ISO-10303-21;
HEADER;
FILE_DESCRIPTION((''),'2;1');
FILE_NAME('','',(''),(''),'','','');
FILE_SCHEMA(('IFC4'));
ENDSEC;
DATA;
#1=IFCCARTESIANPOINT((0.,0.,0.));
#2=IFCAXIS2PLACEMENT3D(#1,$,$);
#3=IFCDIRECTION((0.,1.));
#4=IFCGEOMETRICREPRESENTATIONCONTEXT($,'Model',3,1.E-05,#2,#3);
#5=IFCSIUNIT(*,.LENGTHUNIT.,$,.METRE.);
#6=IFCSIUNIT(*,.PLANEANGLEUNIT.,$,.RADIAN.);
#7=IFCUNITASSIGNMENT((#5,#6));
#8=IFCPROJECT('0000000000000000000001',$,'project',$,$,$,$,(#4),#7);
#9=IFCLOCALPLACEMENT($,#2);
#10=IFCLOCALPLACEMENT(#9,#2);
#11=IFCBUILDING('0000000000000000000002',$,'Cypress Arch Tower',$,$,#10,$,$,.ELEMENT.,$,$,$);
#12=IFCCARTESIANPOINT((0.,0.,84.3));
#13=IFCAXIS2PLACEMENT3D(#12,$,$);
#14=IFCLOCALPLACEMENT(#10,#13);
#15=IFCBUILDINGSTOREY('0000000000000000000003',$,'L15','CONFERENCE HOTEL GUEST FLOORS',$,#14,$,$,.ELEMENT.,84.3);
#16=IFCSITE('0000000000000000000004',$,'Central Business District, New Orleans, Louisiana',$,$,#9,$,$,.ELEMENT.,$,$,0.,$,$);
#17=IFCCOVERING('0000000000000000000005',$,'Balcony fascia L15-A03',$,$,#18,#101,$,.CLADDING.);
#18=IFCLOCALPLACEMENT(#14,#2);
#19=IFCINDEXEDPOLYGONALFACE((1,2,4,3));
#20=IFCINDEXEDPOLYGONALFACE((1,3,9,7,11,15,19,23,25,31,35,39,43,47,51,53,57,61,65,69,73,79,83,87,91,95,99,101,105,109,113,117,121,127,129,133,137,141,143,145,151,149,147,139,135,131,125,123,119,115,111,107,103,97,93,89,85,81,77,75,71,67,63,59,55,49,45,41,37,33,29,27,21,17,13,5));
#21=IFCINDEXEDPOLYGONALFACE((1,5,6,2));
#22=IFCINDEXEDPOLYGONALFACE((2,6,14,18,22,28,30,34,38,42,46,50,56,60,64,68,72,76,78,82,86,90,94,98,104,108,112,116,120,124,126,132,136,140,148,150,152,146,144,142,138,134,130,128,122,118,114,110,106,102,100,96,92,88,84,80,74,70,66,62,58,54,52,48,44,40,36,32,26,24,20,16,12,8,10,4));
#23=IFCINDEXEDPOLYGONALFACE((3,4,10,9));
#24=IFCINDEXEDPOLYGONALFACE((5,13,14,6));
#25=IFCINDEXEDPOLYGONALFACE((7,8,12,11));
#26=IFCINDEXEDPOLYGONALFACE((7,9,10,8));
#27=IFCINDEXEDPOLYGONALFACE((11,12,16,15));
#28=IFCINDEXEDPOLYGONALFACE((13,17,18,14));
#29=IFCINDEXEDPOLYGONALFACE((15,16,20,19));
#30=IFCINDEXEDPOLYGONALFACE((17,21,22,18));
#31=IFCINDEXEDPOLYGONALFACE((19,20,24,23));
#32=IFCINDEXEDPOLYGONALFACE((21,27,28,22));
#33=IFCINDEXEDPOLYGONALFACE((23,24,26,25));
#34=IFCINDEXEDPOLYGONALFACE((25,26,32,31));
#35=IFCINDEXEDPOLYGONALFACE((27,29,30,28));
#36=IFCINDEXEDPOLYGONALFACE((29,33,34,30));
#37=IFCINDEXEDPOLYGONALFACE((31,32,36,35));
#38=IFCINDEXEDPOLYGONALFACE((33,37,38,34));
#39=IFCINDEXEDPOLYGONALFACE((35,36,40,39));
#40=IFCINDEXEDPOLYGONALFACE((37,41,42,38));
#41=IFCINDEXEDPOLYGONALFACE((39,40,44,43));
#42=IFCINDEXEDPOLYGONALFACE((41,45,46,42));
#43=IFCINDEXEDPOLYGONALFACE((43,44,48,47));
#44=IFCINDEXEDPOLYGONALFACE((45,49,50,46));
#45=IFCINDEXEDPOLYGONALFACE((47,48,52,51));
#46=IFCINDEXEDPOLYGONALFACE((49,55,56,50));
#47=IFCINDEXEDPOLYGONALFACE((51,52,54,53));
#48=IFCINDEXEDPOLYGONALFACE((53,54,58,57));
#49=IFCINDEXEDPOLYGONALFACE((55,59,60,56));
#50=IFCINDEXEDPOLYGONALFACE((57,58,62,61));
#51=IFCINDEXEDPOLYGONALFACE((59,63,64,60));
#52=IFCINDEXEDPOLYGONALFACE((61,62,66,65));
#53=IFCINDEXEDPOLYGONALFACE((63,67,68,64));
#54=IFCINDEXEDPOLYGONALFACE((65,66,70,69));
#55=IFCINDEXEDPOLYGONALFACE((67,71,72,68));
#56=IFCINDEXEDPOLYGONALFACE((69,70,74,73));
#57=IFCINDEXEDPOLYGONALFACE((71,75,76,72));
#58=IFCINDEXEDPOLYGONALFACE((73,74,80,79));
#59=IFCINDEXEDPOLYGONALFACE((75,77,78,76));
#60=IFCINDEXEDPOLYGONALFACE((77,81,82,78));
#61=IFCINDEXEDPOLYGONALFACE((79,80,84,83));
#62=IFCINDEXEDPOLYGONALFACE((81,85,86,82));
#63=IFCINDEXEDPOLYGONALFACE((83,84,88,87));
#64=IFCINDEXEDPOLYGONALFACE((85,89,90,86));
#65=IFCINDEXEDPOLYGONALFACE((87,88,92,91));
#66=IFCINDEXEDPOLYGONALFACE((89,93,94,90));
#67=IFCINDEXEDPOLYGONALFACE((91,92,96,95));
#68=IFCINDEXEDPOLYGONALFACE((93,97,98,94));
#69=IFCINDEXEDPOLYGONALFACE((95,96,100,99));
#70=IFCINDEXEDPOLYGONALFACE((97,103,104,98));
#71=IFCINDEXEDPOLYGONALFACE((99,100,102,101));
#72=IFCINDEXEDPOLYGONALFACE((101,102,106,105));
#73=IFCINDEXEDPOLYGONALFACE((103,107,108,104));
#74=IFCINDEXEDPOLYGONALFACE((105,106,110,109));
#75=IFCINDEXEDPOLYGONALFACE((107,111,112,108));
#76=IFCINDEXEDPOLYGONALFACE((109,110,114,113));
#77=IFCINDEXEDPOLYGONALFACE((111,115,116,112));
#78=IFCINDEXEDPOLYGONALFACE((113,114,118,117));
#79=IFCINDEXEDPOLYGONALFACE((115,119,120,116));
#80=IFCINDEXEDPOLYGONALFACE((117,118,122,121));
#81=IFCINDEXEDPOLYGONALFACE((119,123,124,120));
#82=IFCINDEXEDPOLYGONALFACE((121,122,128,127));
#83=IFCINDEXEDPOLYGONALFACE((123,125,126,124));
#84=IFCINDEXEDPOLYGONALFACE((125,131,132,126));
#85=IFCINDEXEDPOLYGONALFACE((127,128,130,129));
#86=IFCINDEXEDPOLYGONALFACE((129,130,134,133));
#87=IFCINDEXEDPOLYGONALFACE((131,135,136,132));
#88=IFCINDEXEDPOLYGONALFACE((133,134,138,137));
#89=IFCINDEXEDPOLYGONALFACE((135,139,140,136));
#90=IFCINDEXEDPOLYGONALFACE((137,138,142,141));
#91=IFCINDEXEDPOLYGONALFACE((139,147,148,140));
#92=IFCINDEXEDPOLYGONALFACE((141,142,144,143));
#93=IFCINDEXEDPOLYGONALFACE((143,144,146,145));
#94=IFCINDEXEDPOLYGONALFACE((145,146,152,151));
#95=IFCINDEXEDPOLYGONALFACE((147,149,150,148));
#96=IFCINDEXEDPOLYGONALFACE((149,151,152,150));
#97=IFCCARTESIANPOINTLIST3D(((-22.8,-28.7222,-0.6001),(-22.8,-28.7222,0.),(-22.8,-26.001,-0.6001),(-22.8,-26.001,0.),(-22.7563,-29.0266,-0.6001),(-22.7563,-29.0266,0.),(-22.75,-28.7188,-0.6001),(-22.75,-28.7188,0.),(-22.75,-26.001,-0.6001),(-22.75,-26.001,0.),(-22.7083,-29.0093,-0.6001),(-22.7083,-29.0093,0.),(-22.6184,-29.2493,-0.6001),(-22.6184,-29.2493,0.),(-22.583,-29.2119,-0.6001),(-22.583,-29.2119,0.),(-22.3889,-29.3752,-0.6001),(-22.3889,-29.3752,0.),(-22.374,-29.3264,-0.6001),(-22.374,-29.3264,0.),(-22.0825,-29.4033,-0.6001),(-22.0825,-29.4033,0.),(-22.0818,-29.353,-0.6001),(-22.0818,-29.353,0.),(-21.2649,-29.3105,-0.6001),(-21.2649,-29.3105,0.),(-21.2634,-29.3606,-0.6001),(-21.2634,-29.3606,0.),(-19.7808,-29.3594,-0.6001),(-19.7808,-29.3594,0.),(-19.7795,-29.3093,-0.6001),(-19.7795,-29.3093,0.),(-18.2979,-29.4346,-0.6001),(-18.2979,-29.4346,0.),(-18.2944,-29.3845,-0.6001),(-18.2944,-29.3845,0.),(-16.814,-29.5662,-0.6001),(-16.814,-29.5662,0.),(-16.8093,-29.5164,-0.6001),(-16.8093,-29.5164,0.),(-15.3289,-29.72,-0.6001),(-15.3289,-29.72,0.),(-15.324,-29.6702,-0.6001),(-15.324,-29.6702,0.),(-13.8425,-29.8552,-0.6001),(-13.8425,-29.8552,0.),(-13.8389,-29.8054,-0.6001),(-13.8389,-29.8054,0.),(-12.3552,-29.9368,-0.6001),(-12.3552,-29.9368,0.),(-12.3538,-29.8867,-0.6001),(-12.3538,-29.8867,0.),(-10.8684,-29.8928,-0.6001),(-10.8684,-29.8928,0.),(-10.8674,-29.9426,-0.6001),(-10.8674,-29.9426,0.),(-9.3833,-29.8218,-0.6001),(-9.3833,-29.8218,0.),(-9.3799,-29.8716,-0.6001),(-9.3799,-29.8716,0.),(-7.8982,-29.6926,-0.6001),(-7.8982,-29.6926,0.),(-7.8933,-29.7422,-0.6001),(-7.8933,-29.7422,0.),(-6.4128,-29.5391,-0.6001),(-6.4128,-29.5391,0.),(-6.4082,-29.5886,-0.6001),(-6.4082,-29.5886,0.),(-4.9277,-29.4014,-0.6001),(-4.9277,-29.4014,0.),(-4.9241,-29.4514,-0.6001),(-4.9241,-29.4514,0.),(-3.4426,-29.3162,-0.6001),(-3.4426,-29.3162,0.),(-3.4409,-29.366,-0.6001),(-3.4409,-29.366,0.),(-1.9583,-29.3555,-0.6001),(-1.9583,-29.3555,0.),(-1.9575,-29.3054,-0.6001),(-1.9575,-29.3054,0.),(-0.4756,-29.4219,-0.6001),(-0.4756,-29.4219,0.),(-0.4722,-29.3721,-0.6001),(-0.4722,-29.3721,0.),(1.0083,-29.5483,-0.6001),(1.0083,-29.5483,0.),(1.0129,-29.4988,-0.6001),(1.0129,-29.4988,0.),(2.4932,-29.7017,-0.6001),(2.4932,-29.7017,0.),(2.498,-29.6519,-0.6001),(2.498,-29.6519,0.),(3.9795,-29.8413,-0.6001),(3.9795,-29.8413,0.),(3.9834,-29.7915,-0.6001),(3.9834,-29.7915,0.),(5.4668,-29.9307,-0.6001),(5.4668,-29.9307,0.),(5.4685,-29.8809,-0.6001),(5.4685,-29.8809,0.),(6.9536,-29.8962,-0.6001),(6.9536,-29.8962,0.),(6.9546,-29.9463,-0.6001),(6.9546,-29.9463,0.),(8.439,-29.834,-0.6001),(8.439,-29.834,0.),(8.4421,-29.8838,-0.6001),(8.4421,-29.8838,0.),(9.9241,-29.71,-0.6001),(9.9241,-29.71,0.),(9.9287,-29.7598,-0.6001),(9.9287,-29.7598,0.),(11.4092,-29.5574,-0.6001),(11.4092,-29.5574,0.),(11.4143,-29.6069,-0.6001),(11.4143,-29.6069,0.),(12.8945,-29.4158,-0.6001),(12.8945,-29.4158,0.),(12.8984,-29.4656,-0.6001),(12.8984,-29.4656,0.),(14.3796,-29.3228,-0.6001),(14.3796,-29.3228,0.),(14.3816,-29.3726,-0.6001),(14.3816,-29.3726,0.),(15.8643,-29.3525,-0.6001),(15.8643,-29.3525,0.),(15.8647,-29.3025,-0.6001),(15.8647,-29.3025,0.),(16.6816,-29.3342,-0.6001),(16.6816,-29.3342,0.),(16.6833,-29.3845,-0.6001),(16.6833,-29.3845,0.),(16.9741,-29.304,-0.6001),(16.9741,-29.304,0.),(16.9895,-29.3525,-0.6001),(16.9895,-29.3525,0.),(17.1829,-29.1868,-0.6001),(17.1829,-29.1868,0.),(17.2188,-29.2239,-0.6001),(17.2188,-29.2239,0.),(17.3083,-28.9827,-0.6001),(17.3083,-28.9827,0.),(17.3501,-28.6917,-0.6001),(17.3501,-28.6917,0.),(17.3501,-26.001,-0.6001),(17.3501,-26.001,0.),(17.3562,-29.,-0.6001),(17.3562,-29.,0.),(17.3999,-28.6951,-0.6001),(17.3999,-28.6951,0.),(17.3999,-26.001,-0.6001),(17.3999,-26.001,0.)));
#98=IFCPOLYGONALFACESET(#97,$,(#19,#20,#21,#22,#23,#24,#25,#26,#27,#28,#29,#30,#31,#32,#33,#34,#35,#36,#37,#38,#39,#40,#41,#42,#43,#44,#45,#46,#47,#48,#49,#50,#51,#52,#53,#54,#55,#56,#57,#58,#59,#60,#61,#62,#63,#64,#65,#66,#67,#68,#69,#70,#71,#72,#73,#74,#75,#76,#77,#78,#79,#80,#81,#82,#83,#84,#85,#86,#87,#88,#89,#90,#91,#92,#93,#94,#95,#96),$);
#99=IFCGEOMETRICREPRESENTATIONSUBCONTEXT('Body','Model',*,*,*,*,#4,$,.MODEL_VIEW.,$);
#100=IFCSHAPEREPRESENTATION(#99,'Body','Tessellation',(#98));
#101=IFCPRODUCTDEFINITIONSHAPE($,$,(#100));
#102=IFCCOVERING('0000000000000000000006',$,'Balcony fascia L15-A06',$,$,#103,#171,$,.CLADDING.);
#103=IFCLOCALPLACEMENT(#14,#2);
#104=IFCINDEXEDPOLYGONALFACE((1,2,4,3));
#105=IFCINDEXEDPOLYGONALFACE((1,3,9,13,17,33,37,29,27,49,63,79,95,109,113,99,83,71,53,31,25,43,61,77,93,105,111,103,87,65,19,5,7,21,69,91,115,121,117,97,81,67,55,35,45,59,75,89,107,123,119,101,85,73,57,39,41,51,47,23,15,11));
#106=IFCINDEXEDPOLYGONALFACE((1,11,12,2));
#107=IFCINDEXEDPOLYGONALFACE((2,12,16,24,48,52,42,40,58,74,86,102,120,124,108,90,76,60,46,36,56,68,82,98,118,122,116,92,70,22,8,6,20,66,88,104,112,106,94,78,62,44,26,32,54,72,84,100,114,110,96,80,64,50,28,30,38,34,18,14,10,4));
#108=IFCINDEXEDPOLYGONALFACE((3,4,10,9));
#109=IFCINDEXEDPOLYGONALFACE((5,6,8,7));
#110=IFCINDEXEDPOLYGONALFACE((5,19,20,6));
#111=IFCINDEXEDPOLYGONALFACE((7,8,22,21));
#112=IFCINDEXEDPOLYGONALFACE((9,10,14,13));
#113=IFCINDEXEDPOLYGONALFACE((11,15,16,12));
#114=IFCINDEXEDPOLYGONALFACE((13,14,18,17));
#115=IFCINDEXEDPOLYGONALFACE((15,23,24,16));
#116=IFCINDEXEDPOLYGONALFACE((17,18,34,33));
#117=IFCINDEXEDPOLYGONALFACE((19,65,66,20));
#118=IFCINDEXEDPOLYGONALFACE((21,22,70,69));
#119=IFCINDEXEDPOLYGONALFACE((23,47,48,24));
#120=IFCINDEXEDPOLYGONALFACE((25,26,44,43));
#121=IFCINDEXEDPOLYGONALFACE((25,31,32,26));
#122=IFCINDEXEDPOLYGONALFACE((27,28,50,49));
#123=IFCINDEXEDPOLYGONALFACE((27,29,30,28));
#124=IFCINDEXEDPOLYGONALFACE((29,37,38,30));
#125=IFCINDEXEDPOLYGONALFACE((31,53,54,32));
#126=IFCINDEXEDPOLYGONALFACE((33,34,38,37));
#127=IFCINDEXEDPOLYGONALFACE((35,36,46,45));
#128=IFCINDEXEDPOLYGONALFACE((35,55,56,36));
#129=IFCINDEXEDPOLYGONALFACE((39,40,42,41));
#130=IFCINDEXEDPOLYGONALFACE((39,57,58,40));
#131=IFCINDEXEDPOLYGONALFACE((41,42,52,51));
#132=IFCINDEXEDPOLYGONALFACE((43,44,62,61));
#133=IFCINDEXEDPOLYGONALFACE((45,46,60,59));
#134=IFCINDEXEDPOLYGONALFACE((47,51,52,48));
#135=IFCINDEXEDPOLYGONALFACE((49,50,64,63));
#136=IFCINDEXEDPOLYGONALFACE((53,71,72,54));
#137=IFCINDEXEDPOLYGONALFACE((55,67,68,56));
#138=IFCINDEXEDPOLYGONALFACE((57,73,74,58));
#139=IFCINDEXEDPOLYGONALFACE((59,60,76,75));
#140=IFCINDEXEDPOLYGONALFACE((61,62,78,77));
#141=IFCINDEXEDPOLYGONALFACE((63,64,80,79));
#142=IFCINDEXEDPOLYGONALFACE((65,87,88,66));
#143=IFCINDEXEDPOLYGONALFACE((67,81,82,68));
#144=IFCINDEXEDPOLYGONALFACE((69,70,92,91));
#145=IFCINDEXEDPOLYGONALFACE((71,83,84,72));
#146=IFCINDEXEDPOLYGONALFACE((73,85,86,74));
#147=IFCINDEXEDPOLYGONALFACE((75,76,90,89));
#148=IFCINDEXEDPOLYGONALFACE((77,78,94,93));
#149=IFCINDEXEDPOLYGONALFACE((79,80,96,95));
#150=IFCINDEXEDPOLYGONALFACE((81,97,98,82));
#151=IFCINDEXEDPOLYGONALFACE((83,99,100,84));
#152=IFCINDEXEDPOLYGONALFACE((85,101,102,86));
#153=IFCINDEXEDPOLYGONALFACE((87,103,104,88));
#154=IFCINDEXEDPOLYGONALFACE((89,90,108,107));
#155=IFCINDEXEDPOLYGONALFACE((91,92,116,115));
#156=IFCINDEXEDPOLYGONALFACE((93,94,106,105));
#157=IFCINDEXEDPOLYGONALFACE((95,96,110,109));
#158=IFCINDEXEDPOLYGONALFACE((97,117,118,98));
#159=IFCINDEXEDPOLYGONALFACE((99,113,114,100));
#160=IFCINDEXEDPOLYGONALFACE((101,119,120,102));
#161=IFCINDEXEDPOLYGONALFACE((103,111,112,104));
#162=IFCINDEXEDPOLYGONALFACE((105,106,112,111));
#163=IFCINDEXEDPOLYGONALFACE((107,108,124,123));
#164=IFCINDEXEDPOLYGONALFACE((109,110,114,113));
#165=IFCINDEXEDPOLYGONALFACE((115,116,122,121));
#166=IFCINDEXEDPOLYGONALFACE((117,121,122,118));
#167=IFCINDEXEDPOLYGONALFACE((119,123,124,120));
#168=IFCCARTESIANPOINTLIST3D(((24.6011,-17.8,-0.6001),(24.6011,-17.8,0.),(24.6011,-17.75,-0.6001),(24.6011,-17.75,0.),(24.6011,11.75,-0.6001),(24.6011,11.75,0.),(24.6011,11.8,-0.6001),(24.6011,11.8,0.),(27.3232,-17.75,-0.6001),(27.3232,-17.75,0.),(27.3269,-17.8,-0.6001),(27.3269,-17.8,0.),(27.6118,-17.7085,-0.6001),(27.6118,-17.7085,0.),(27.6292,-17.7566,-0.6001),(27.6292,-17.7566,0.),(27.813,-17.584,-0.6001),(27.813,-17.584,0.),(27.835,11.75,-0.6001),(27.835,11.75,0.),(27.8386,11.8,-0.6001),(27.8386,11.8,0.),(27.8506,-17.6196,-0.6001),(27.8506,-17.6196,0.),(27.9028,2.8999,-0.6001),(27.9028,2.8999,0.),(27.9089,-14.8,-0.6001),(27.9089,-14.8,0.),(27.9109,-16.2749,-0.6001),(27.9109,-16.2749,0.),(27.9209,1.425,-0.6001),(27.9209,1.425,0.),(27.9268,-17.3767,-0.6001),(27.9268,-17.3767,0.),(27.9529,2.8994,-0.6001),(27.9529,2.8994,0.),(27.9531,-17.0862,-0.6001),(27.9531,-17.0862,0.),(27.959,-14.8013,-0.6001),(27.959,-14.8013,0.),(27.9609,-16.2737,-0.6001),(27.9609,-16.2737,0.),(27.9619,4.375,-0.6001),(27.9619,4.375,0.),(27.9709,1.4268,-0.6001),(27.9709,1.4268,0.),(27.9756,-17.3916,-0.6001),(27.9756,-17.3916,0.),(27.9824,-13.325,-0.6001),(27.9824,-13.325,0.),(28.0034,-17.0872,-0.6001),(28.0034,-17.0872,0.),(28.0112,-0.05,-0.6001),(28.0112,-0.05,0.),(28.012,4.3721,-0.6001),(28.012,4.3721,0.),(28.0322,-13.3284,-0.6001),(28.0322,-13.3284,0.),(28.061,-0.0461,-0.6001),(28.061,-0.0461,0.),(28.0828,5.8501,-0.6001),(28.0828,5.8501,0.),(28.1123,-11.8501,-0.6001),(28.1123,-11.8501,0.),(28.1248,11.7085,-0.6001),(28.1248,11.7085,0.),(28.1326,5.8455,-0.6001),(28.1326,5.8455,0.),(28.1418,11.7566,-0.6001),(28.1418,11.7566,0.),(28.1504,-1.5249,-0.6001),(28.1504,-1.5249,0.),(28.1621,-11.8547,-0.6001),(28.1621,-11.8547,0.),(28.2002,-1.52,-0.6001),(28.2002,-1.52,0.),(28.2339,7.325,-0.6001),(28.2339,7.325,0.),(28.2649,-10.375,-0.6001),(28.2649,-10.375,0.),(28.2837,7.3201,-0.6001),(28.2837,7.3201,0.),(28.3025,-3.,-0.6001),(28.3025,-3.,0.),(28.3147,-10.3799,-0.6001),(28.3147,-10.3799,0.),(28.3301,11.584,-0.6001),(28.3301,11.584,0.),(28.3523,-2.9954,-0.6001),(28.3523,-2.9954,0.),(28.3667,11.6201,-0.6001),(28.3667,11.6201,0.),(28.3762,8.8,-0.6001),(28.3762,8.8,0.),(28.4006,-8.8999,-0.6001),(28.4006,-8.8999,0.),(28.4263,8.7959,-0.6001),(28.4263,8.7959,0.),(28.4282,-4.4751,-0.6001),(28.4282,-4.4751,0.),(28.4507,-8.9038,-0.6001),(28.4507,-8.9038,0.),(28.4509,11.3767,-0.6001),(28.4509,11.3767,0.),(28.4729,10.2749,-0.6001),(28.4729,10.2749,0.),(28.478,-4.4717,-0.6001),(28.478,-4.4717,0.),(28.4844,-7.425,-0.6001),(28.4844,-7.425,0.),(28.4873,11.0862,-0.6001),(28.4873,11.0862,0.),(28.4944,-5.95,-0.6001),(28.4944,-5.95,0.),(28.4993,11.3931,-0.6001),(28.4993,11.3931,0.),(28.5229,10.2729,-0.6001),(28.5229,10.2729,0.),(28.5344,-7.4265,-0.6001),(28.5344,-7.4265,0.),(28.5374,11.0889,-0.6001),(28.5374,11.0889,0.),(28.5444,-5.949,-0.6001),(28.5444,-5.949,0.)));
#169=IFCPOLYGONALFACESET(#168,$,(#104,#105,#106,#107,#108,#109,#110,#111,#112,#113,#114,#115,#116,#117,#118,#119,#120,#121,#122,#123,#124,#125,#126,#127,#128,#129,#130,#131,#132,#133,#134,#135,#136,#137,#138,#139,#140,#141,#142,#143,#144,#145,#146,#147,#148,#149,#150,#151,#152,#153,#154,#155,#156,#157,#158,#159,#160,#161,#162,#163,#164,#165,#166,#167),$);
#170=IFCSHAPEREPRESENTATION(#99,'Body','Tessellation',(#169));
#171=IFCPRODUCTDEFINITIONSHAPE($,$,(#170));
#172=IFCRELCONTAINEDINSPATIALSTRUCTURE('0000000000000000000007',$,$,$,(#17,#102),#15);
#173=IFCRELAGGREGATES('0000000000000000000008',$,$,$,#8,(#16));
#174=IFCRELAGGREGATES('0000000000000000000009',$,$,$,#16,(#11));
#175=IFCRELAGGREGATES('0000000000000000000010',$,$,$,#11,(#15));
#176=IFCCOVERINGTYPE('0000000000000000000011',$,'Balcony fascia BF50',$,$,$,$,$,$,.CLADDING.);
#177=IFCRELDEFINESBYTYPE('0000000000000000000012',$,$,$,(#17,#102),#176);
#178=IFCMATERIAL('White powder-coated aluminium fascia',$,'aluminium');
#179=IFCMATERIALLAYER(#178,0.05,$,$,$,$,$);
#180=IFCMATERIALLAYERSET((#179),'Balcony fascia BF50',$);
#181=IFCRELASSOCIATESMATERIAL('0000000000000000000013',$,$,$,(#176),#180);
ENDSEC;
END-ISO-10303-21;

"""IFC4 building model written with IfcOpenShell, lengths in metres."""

from ifc_helpers import new_model, si_unit, direction, frame, origin, place, context, subcontext, project, spatial, polyline, outline, extrude, material, layer, layer_set, type_object, element, save


model = new_model("IFC4")

# Units and contexts
model_context = context("Model", 3, precision=1e-05, world=origin(), true_north=direction((0.0, 1.0)))
body_context = subcontext(model_context, "Body", "Model", "MODEL_VIEW")
ifc_project = project(units=[si_unit("LENGTHUNIT", "METRE"), si_unit("PLANEANGLEUNIT", "RADIAN")], contexts=[model_context])

# Site, building, storey
site_placement = place(None, origin())
site = spatial("IfcSite", under=ifc_project, at=site_placement, Name="Central Business District, New Orleans, Louisiana", CompositionType="ELEMENT", RefElevation=0.0)
building_placement = place(site_placement, origin())
building = spatial("IfcBuilding", under=site, at=building_placement, Name="Cypress Arch Tower", CompositionType="ELEMENT")
storey_placement = place(building_placement, frame((0.0, 0.0, 84.3)))
storey = spatial("IfcBuildingStorey", under=building, at=storey_placement, Name="L15", Description="CONFERENCE HOTEL GUEST FLOORS", CompositionType="ELEMENT", Elevation=84.3)

# Coverings
ifc_material_1 = material(Name="White powder-coated aluminium fascia", Category="aluminium")
ifc_layer_1 = layer(ifc_material_1, 0.05)
ifc_layer_set_1 = layer_set([ifc_layer_1], Name="Balcony fascia BF50")
covering_type_1 = type_object("IfcCoveringType", Name="Balcony fascia BF50", PredefinedType="CLADDING", material=ifc_layer_set_1)
covering_1_placement = place(storey_placement, frame((0.0, 0.0, -0.6001)))
element("IfcCovering", 1, at=covering_1_placement, inside=storey, type_object=covering_type_1, Name="Balcony fascia L15-A03", PredefinedType="CLADDING", context=body_context, shape_type="SweptSolid", body=[
    extrude(outline(polyline([(17.3999, -28.6951), (17.3562, -29.0), (17.2188, -29.2239), (16.9895, -29.3525), (16.6833, -29.3845), (15.8643, -29.3525), (14.3816, -29.3726), (12.8984, -29.4656), (11.4143, -29.6069), (9.9287, -29.7598), (8.4421, -29.8838), (6.9546, -29.9463), (5.4668, -29.9307), (3.9795, -29.8413), (2.4932, -29.7017), (1.0083, -29.5483), (-0.4756, -29.4219), (-1.9583, -29.3555), (-3.4409, -29.366), (-4.9241, -29.4514), (-6.4082, -29.5886), (-7.8933, -29.7422), (-9.3799, -29.8716), (-10.8674, -29.9426), (-12.3552, -29.9368), (-13.8425, -29.8552), (-15.3289, -29.72), (-16.814, -29.5662), (-18.2979, -29.4346), (-19.7808, -29.3594), (-21.2634, -29.3606), (-22.0825, -29.4033), (-22.3889, -29.3752), (-22.6184, -29.2493), (-22.7563, -29.0266), (-22.8, -28.7222), (-22.8, -26.001), (-22.75, -26.001), (-22.75, -28.7188), (-22.7083, -29.0093), (-22.583, -29.2119), (-22.374, -29.3264), (-22.0818, -29.353), (-21.2649, -29.3105), (-19.7795, -29.3093), (-18.2944, -29.3845), (-16.8093, -29.5164), (-15.324, -29.6702), (-13.8389, -29.8054), (-12.3538, -29.8867), (-10.8684, -29.8928), (-9.3833, -29.8218), (-7.8982, -29.6926), (-6.4128, -29.5391), (-4.9277, -29.4014), (-3.4426, -29.3162), (-1.9575, -29.3054), (-0.4722, -29.3721), (1.0129, -29.4988), (2.498, -29.6519), (3.9834, -29.7915), (5.4685, -29.8809), (6.9536, -29.8962), (8.439, -29.834), (9.9241, -29.71), (11.4092, -29.5574), (12.8945, -29.4158), (14.3796, -29.3228), (15.8647, -29.3025), (16.6816, -29.3342), (16.9741, -29.304), (17.1829, -29.1868), (17.3083, -28.9827), (17.3501, -28.6917), (17.3501, -26.001), (17.3999, -26.001), (17.3999, -28.6951)])), origin(), (0.0, 0.0, 1.0), 0.6001),
])
covering_2_placement = place(storey_placement, frame((0.0, 0.0, -0.6001)))
element("IfcCovering", 2, at=covering_2_placement, inside=storey, type_object=covering_type_1, Name="Balcony fascia L15-A06", PredefinedType="CLADDING", context=body_context, shape_type="SweptSolid", body=[
    extrude(outline(polyline([(27.8386, 11.8), (28.1418, 11.7566), (28.3667, 11.6201), (28.4993, 11.3931), (28.5374, 11.0889), (28.5229, 10.2729), (28.4263, 8.7959), (28.2837, 7.3201), (28.1326, 5.8455), (28.012, 4.3721), (27.9529, 2.8994), (27.9709, 1.4268), (28.061, -0.0461), (28.2002, -1.52), (28.3523, -2.9954), (28.478, -4.4717), (28.5444, -5.949), (28.5344, -7.4265), (28.4507, -8.9038), (28.3147, -10.3799), (28.1621, -11.8547), (28.0322, -13.3284), (27.959, -14.8013), (27.9609, -16.2737), (28.0034, -17.0872), (27.9756, -17.3916), (27.8506, -17.6196), (27.6292, -17.7566), (27.3269, -17.8), (24.6011, -17.8), (24.6011, -17.75), (27.3232, -17.75), (27.6118, -17.7085), (27.813, -17.584), (27.9268, -17.3767), (27.9531, -17.0862), (27.9109, -16.2749), (27.9089, -14.8), (27.9824, -13.325), (28.1123, -11.8501), (28.2649, -10.375), (28.4006, -8.8999), (28.4844, -7.425), (28.4944, -5.95), (28.4282, -4.4751), (28.3025, -3.0), (28.1504, -1.5249), (28.0112, -0.05), (27.9209, 1.425), (27.9028, 2.8999), (27.9619, 4.375), (28.0828, 5.8501), (28.2339, 7.325), (28.3762, 8.8), (28.4729, 10.2749), (28.4873, 11.0862), (28.4509, 11.3767), (28.3301, 11.584), (28.1248, 11.7085), (27.835, 11.75), (24.6011, 11.75), (24.6011, 11.8), (27.8386, 11.8)])), origin(), (0.0, 0.0, 1.0), 0.6001),
])

save(model, "model.ifc")
